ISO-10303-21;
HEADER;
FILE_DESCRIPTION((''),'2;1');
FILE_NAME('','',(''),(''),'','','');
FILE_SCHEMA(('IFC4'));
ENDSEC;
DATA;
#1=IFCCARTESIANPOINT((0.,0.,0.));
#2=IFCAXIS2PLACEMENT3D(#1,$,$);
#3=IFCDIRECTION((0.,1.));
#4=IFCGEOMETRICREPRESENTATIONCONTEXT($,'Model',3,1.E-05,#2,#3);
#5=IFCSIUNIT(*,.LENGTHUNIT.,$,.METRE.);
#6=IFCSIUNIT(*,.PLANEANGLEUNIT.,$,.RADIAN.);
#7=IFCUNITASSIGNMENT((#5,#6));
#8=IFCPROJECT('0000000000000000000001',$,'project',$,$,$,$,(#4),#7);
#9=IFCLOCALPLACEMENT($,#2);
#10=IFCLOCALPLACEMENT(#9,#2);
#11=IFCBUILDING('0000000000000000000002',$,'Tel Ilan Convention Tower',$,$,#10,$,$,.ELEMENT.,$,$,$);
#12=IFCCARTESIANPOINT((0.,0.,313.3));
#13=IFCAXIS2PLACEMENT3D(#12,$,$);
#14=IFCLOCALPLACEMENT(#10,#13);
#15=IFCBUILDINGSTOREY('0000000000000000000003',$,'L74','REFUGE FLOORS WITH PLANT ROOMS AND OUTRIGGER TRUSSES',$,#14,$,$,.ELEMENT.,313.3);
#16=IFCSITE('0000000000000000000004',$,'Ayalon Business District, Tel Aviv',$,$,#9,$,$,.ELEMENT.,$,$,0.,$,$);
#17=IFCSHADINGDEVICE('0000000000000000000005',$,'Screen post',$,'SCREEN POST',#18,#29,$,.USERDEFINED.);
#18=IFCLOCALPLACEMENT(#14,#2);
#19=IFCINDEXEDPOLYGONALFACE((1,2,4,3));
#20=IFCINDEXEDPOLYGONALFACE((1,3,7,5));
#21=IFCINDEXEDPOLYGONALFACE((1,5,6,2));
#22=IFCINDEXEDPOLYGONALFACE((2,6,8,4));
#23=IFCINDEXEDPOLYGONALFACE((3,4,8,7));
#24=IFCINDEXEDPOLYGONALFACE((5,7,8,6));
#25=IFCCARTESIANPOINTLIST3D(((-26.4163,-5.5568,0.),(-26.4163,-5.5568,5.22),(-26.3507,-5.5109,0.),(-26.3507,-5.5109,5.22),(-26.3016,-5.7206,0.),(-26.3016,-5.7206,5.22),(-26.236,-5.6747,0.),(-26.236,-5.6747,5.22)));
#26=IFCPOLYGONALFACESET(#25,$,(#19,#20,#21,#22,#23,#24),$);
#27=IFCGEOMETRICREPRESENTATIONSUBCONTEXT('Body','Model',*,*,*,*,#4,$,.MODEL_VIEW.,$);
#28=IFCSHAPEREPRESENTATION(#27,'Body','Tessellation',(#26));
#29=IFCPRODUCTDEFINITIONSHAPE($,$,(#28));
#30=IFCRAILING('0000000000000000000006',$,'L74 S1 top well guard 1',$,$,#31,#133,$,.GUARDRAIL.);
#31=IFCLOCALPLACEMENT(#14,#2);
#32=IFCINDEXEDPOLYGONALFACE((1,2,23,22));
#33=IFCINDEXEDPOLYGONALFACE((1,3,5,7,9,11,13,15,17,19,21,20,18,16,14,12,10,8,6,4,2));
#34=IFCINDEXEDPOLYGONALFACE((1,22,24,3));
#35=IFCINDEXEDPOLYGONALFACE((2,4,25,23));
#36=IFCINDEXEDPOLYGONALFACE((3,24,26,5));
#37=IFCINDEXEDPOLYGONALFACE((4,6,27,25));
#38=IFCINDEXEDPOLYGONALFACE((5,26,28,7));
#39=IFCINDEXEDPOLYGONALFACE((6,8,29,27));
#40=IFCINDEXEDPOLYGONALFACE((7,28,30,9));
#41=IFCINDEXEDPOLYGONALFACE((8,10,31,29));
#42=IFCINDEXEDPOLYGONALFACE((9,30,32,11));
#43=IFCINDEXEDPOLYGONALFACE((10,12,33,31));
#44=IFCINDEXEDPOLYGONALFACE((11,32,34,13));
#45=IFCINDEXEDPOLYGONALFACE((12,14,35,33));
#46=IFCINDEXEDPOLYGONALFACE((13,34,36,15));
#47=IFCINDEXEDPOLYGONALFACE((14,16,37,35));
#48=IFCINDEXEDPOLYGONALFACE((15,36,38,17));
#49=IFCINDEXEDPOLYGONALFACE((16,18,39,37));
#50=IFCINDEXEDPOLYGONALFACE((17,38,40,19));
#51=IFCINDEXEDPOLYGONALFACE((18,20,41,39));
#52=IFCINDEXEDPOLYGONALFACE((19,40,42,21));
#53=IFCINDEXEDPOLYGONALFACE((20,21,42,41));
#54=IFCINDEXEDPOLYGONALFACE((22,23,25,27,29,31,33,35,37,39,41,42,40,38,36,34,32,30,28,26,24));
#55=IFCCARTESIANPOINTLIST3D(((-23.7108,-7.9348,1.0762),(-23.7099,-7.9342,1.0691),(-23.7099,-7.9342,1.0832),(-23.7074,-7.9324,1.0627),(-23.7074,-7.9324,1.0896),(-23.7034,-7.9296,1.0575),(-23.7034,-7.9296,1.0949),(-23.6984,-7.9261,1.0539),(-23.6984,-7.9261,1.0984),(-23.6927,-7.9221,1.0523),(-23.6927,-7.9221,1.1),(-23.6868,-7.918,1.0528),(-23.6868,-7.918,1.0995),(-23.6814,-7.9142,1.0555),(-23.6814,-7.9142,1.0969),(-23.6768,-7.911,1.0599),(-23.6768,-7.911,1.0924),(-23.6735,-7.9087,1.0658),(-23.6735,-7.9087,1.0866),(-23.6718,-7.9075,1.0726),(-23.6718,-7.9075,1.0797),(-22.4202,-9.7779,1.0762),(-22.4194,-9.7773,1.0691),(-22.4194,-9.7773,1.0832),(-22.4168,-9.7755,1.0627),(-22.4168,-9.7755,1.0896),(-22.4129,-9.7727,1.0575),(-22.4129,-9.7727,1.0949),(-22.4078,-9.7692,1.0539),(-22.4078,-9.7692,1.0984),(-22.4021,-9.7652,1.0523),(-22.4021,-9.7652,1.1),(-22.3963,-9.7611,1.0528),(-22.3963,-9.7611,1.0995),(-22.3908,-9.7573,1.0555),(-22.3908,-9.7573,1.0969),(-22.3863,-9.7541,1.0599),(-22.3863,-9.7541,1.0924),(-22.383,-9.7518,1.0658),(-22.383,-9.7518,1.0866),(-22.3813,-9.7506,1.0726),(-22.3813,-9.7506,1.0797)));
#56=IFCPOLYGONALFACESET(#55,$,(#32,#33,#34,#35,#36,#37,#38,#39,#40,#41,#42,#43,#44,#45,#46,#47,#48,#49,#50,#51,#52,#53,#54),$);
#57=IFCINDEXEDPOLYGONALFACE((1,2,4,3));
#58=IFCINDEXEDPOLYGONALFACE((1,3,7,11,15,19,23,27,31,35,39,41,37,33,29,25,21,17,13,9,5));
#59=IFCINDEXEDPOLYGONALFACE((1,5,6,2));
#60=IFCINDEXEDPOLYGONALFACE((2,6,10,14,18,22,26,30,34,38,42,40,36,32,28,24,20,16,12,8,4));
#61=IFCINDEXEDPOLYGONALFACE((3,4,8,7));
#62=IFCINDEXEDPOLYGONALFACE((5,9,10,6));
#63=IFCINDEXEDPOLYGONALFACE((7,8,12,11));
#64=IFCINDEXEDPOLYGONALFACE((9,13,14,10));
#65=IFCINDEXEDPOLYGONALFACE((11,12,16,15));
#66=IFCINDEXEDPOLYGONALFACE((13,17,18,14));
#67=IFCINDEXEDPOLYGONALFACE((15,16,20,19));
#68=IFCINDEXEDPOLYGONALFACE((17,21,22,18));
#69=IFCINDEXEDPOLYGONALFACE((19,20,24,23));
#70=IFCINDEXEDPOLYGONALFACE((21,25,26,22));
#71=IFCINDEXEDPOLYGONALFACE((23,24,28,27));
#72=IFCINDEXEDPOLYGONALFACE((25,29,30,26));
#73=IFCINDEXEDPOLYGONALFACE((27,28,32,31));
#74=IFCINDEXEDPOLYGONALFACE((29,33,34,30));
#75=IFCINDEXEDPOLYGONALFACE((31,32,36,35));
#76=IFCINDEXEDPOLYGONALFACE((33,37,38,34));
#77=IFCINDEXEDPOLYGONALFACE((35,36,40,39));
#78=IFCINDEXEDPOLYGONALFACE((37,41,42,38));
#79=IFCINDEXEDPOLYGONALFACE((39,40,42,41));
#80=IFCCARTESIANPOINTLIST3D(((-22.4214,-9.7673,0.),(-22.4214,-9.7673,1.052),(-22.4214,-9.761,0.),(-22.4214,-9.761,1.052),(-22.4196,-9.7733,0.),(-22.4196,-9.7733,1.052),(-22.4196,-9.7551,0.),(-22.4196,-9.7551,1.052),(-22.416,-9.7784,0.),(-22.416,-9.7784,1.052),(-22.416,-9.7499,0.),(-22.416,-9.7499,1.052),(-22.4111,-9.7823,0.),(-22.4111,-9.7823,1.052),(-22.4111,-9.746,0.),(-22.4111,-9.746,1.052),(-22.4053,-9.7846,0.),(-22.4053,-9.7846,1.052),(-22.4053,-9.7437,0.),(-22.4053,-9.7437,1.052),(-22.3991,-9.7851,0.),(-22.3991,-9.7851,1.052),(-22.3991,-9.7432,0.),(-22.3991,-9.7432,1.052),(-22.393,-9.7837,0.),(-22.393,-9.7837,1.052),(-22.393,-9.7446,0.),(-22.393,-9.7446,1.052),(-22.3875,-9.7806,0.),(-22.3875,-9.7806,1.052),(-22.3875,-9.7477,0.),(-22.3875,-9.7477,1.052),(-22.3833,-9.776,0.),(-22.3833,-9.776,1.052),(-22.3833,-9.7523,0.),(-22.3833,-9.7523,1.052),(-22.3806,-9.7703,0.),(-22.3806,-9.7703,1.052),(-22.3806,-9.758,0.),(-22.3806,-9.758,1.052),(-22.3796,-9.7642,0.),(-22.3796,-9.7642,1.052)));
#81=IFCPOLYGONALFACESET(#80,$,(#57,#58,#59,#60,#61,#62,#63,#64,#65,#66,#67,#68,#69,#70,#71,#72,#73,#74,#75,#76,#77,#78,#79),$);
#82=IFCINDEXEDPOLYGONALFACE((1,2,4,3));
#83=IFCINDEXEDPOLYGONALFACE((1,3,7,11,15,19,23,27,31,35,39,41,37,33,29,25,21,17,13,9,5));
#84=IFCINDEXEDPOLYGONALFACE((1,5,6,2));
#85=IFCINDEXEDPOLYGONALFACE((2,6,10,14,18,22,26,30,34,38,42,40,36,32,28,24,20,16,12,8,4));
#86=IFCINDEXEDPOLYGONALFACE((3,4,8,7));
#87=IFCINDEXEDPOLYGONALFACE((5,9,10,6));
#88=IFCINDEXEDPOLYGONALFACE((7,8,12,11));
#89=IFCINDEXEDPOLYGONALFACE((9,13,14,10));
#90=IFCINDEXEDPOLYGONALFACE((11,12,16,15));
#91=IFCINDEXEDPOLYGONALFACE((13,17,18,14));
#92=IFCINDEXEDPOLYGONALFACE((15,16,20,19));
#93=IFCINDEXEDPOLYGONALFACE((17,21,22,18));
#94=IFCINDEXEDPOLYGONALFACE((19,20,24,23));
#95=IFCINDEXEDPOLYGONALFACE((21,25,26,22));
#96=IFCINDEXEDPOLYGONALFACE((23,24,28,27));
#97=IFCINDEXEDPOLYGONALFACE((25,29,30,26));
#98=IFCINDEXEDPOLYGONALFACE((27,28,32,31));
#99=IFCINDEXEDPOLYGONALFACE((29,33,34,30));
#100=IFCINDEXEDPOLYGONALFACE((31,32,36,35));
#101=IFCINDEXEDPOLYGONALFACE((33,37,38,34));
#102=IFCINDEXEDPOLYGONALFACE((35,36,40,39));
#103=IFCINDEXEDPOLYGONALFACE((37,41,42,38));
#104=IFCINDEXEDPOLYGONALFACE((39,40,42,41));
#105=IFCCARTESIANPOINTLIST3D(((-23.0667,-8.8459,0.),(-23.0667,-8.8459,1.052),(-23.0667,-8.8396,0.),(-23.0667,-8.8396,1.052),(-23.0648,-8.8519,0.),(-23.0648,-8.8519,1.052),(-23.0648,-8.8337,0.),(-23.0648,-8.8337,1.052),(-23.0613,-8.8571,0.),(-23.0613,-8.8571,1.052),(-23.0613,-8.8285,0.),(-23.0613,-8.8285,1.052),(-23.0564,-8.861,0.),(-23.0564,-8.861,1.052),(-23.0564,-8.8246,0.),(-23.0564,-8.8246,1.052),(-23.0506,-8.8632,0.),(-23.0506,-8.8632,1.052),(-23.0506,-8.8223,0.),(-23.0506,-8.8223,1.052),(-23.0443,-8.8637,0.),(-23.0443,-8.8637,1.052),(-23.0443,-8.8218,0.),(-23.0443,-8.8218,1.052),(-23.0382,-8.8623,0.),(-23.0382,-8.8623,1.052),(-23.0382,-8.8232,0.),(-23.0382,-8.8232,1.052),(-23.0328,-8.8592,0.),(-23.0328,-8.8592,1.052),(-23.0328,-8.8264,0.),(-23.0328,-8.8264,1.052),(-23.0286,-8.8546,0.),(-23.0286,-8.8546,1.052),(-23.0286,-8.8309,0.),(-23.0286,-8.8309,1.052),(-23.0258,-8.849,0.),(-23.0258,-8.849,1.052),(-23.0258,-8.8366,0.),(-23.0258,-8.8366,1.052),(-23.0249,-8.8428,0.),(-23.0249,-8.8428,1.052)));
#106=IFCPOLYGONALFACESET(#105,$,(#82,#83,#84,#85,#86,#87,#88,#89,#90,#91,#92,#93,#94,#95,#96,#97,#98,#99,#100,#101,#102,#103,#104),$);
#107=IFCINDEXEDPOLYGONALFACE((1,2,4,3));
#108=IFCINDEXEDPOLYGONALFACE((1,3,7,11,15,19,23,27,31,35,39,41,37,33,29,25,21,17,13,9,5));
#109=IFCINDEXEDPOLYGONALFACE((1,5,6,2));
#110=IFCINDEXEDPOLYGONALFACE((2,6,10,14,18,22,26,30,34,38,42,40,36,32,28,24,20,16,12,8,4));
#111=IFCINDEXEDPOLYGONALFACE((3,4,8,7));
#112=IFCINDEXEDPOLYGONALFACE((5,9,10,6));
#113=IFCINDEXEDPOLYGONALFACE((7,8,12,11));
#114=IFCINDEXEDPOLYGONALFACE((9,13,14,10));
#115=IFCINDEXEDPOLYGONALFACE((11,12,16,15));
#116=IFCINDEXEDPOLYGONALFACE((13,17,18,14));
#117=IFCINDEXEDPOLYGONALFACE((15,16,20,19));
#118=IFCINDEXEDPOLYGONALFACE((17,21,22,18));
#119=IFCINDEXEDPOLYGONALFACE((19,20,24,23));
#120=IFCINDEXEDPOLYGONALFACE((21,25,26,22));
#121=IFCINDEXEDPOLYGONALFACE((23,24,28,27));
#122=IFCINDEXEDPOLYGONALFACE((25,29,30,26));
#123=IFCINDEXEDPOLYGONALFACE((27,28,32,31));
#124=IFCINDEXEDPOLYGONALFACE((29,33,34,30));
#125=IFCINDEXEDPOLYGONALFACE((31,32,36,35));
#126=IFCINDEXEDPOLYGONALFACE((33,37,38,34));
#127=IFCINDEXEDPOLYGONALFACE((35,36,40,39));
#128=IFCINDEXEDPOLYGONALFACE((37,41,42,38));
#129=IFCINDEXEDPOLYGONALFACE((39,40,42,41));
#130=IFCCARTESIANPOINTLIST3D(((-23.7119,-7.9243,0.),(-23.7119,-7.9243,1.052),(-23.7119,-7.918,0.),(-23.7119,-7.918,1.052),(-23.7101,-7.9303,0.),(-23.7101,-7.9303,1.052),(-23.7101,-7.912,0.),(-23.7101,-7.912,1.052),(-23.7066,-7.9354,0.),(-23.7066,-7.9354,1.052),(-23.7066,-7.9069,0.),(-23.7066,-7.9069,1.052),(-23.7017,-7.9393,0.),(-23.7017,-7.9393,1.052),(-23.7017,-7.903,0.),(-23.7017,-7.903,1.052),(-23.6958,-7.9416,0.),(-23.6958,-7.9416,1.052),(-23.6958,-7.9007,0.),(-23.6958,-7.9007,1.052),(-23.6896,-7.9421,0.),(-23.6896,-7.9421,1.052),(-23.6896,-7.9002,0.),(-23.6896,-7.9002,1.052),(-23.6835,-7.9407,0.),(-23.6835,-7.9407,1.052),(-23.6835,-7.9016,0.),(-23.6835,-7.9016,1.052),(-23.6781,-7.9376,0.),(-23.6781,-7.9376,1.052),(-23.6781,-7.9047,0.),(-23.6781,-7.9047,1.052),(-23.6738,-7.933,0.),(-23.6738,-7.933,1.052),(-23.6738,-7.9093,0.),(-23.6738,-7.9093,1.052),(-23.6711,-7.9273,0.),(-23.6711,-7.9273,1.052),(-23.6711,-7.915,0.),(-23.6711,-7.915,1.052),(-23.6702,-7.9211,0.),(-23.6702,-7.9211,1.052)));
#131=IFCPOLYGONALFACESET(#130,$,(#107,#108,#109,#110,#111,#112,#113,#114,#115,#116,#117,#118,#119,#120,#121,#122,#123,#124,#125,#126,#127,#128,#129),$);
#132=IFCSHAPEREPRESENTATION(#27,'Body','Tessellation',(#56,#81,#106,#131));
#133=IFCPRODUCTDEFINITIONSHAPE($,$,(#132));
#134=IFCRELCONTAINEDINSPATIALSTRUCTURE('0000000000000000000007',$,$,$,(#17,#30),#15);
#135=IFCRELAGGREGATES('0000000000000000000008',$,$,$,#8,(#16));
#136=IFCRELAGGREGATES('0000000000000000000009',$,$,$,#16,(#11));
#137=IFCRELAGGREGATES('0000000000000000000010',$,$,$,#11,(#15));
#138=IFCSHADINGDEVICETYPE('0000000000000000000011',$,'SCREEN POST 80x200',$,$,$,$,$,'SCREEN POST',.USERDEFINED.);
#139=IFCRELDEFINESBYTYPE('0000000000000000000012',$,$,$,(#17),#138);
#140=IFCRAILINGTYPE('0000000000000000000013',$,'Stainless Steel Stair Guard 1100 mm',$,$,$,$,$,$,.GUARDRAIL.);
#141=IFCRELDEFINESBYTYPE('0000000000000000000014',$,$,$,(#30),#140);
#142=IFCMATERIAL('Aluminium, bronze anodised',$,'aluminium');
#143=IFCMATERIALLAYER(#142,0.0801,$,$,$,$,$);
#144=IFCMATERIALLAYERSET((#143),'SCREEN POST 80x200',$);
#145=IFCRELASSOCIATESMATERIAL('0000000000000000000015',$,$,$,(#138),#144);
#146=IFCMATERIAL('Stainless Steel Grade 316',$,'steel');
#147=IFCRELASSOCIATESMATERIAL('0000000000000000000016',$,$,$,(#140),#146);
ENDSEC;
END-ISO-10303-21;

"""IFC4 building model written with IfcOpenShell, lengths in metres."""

from ifc_helpers import new_model, si_unit, direction, frame, origin, origin_2d, place, context, subcontext, project, spatial, rectangle, circle, extrude, material, layer, layer_set, type_object, element, save


model = new_model("IFC4")

# Units and contexts
model_context = context("Model", 3, precision=1e-05, world=origin(), true_north=direction((0.0, 1.0)))
body_context = subcontext(model_context, "Body", "Model", "MODEL_VIEW")
ifc_project = project(units=[si_unit("LENGTHUNIT", "METRE"), si_unit("PLANEANGLEUNIT", "RADIAN")], contexts=[model_context])

# Site, building, storey
site_placement = place(None, origin())
site = spatial("IfcSite", under=ifc_project, at=site_placement, Name="Ayalon Business District, Tel Aviv", CompositionType="ELEMENT", RefElevation=0.0)
building_placement = place(site_placement, origin())
building = spatial("IfcBuilding", under=site, at=building_placement, Name="Tel Ilan Convention Tower", CompositionType="ELEMENT")
storey_placement = place(building_placement, frame((0.0, 0.0, 313.3)))
storey = spatial("IfcBuildingStorey", under=building, at=storey_placement, Name="L74", Description="REFUGE FLOORS WITH PLANT ROOMS AND OUTRIGGER TRUSSES", CompositionType="ELEMENT", Elevation=313.3)

# Shading device
ifc_material_1 = material(Name="Aluminium, bronze anodised", Category="aluminium")
ifc_layer_1 = layer(ifc_material_1, 0.0801)
ifc_layer_set_1 = layer_set([ifc_layer_1], Name="SCREEN POST 80x200")
shading_device_type_1 = type_object("IfcShadingDeviceType", Name="SCREEN POST 80x200", ElementType="SCREEN POST", PredefinedType="USERDEFINED", material=ifc_layer_set_1)
for number, where, z_axis, x_axis, name in (
    (1, (-26.3262, -5.6157, 0.0), (0.0, 0.0, 1.0), (-0.819152, -0.573576, 0.0), "Screen post"),
):
    element("IfcShadingDevice", number, at=place(storey_placement, frame(where, z_axis=z_axis, x_axis=x_axis)), inside=storey, type_object=shading_device_type_1, Name=name, ObjectType="SCREEN POST", PredefinedType="USERDEFINED", context=body_context, shape_type="SweptSolid", body=[
        extrude(rectangle(XDim=0.0801, YDim=0.2, at=origin_2d()), origin(), (0.0, 0.0, 1.0), 5.22),
    ])

# Railing
ifc_material_2 = material(Name="Stainless Steel Grade 316", Category="steel")
railing_type_1 = type_object("IfcRailingType", Name="Stainless Steel Stair Guard 1100 mm", PredefinedType="GUARDRAIL", material=ifc_material_2)
railing_1_placement = place(storey_placement, frame((-22.4006, -9.7642, 0.0)))
element("IfcRailing", 2, at=railing_1_placement, inside=storey, type_object=railing_type_1, Name="L74 S1 top well guard 1", PredefinedType="GUARDRAIL", context=body_context, shape_type="SweptSolid", body=[
    extrude(circle(Radius=0.0239, at=origin_2d()), frame((0.0, 0.0, 1.0762), z_axis=(-0.573586, 0.819145, 0.0), x_axis=(-0.819145, -0.573586, 0.0)), (0.0, 0.0, 1.0), 2.25),
    extrude(circle(Radius=0.021, at=origin_2d()), origin(), (0.0, 0.0, 1.0), 1.052),
    extrude(circle(Radius=0.021, at=origin_2d()), frame((-0.6453, 0.9214, 0.0)), (0.0, 0.0, 1.0), 1.052),
    extrude(circle(Radius=0.021, at=origin_2d()), frame((-1.2905, 1.843, 0.0)), (0.0, 0.0, 1.0), 1.052),
])

save(model, "model.ifc")
